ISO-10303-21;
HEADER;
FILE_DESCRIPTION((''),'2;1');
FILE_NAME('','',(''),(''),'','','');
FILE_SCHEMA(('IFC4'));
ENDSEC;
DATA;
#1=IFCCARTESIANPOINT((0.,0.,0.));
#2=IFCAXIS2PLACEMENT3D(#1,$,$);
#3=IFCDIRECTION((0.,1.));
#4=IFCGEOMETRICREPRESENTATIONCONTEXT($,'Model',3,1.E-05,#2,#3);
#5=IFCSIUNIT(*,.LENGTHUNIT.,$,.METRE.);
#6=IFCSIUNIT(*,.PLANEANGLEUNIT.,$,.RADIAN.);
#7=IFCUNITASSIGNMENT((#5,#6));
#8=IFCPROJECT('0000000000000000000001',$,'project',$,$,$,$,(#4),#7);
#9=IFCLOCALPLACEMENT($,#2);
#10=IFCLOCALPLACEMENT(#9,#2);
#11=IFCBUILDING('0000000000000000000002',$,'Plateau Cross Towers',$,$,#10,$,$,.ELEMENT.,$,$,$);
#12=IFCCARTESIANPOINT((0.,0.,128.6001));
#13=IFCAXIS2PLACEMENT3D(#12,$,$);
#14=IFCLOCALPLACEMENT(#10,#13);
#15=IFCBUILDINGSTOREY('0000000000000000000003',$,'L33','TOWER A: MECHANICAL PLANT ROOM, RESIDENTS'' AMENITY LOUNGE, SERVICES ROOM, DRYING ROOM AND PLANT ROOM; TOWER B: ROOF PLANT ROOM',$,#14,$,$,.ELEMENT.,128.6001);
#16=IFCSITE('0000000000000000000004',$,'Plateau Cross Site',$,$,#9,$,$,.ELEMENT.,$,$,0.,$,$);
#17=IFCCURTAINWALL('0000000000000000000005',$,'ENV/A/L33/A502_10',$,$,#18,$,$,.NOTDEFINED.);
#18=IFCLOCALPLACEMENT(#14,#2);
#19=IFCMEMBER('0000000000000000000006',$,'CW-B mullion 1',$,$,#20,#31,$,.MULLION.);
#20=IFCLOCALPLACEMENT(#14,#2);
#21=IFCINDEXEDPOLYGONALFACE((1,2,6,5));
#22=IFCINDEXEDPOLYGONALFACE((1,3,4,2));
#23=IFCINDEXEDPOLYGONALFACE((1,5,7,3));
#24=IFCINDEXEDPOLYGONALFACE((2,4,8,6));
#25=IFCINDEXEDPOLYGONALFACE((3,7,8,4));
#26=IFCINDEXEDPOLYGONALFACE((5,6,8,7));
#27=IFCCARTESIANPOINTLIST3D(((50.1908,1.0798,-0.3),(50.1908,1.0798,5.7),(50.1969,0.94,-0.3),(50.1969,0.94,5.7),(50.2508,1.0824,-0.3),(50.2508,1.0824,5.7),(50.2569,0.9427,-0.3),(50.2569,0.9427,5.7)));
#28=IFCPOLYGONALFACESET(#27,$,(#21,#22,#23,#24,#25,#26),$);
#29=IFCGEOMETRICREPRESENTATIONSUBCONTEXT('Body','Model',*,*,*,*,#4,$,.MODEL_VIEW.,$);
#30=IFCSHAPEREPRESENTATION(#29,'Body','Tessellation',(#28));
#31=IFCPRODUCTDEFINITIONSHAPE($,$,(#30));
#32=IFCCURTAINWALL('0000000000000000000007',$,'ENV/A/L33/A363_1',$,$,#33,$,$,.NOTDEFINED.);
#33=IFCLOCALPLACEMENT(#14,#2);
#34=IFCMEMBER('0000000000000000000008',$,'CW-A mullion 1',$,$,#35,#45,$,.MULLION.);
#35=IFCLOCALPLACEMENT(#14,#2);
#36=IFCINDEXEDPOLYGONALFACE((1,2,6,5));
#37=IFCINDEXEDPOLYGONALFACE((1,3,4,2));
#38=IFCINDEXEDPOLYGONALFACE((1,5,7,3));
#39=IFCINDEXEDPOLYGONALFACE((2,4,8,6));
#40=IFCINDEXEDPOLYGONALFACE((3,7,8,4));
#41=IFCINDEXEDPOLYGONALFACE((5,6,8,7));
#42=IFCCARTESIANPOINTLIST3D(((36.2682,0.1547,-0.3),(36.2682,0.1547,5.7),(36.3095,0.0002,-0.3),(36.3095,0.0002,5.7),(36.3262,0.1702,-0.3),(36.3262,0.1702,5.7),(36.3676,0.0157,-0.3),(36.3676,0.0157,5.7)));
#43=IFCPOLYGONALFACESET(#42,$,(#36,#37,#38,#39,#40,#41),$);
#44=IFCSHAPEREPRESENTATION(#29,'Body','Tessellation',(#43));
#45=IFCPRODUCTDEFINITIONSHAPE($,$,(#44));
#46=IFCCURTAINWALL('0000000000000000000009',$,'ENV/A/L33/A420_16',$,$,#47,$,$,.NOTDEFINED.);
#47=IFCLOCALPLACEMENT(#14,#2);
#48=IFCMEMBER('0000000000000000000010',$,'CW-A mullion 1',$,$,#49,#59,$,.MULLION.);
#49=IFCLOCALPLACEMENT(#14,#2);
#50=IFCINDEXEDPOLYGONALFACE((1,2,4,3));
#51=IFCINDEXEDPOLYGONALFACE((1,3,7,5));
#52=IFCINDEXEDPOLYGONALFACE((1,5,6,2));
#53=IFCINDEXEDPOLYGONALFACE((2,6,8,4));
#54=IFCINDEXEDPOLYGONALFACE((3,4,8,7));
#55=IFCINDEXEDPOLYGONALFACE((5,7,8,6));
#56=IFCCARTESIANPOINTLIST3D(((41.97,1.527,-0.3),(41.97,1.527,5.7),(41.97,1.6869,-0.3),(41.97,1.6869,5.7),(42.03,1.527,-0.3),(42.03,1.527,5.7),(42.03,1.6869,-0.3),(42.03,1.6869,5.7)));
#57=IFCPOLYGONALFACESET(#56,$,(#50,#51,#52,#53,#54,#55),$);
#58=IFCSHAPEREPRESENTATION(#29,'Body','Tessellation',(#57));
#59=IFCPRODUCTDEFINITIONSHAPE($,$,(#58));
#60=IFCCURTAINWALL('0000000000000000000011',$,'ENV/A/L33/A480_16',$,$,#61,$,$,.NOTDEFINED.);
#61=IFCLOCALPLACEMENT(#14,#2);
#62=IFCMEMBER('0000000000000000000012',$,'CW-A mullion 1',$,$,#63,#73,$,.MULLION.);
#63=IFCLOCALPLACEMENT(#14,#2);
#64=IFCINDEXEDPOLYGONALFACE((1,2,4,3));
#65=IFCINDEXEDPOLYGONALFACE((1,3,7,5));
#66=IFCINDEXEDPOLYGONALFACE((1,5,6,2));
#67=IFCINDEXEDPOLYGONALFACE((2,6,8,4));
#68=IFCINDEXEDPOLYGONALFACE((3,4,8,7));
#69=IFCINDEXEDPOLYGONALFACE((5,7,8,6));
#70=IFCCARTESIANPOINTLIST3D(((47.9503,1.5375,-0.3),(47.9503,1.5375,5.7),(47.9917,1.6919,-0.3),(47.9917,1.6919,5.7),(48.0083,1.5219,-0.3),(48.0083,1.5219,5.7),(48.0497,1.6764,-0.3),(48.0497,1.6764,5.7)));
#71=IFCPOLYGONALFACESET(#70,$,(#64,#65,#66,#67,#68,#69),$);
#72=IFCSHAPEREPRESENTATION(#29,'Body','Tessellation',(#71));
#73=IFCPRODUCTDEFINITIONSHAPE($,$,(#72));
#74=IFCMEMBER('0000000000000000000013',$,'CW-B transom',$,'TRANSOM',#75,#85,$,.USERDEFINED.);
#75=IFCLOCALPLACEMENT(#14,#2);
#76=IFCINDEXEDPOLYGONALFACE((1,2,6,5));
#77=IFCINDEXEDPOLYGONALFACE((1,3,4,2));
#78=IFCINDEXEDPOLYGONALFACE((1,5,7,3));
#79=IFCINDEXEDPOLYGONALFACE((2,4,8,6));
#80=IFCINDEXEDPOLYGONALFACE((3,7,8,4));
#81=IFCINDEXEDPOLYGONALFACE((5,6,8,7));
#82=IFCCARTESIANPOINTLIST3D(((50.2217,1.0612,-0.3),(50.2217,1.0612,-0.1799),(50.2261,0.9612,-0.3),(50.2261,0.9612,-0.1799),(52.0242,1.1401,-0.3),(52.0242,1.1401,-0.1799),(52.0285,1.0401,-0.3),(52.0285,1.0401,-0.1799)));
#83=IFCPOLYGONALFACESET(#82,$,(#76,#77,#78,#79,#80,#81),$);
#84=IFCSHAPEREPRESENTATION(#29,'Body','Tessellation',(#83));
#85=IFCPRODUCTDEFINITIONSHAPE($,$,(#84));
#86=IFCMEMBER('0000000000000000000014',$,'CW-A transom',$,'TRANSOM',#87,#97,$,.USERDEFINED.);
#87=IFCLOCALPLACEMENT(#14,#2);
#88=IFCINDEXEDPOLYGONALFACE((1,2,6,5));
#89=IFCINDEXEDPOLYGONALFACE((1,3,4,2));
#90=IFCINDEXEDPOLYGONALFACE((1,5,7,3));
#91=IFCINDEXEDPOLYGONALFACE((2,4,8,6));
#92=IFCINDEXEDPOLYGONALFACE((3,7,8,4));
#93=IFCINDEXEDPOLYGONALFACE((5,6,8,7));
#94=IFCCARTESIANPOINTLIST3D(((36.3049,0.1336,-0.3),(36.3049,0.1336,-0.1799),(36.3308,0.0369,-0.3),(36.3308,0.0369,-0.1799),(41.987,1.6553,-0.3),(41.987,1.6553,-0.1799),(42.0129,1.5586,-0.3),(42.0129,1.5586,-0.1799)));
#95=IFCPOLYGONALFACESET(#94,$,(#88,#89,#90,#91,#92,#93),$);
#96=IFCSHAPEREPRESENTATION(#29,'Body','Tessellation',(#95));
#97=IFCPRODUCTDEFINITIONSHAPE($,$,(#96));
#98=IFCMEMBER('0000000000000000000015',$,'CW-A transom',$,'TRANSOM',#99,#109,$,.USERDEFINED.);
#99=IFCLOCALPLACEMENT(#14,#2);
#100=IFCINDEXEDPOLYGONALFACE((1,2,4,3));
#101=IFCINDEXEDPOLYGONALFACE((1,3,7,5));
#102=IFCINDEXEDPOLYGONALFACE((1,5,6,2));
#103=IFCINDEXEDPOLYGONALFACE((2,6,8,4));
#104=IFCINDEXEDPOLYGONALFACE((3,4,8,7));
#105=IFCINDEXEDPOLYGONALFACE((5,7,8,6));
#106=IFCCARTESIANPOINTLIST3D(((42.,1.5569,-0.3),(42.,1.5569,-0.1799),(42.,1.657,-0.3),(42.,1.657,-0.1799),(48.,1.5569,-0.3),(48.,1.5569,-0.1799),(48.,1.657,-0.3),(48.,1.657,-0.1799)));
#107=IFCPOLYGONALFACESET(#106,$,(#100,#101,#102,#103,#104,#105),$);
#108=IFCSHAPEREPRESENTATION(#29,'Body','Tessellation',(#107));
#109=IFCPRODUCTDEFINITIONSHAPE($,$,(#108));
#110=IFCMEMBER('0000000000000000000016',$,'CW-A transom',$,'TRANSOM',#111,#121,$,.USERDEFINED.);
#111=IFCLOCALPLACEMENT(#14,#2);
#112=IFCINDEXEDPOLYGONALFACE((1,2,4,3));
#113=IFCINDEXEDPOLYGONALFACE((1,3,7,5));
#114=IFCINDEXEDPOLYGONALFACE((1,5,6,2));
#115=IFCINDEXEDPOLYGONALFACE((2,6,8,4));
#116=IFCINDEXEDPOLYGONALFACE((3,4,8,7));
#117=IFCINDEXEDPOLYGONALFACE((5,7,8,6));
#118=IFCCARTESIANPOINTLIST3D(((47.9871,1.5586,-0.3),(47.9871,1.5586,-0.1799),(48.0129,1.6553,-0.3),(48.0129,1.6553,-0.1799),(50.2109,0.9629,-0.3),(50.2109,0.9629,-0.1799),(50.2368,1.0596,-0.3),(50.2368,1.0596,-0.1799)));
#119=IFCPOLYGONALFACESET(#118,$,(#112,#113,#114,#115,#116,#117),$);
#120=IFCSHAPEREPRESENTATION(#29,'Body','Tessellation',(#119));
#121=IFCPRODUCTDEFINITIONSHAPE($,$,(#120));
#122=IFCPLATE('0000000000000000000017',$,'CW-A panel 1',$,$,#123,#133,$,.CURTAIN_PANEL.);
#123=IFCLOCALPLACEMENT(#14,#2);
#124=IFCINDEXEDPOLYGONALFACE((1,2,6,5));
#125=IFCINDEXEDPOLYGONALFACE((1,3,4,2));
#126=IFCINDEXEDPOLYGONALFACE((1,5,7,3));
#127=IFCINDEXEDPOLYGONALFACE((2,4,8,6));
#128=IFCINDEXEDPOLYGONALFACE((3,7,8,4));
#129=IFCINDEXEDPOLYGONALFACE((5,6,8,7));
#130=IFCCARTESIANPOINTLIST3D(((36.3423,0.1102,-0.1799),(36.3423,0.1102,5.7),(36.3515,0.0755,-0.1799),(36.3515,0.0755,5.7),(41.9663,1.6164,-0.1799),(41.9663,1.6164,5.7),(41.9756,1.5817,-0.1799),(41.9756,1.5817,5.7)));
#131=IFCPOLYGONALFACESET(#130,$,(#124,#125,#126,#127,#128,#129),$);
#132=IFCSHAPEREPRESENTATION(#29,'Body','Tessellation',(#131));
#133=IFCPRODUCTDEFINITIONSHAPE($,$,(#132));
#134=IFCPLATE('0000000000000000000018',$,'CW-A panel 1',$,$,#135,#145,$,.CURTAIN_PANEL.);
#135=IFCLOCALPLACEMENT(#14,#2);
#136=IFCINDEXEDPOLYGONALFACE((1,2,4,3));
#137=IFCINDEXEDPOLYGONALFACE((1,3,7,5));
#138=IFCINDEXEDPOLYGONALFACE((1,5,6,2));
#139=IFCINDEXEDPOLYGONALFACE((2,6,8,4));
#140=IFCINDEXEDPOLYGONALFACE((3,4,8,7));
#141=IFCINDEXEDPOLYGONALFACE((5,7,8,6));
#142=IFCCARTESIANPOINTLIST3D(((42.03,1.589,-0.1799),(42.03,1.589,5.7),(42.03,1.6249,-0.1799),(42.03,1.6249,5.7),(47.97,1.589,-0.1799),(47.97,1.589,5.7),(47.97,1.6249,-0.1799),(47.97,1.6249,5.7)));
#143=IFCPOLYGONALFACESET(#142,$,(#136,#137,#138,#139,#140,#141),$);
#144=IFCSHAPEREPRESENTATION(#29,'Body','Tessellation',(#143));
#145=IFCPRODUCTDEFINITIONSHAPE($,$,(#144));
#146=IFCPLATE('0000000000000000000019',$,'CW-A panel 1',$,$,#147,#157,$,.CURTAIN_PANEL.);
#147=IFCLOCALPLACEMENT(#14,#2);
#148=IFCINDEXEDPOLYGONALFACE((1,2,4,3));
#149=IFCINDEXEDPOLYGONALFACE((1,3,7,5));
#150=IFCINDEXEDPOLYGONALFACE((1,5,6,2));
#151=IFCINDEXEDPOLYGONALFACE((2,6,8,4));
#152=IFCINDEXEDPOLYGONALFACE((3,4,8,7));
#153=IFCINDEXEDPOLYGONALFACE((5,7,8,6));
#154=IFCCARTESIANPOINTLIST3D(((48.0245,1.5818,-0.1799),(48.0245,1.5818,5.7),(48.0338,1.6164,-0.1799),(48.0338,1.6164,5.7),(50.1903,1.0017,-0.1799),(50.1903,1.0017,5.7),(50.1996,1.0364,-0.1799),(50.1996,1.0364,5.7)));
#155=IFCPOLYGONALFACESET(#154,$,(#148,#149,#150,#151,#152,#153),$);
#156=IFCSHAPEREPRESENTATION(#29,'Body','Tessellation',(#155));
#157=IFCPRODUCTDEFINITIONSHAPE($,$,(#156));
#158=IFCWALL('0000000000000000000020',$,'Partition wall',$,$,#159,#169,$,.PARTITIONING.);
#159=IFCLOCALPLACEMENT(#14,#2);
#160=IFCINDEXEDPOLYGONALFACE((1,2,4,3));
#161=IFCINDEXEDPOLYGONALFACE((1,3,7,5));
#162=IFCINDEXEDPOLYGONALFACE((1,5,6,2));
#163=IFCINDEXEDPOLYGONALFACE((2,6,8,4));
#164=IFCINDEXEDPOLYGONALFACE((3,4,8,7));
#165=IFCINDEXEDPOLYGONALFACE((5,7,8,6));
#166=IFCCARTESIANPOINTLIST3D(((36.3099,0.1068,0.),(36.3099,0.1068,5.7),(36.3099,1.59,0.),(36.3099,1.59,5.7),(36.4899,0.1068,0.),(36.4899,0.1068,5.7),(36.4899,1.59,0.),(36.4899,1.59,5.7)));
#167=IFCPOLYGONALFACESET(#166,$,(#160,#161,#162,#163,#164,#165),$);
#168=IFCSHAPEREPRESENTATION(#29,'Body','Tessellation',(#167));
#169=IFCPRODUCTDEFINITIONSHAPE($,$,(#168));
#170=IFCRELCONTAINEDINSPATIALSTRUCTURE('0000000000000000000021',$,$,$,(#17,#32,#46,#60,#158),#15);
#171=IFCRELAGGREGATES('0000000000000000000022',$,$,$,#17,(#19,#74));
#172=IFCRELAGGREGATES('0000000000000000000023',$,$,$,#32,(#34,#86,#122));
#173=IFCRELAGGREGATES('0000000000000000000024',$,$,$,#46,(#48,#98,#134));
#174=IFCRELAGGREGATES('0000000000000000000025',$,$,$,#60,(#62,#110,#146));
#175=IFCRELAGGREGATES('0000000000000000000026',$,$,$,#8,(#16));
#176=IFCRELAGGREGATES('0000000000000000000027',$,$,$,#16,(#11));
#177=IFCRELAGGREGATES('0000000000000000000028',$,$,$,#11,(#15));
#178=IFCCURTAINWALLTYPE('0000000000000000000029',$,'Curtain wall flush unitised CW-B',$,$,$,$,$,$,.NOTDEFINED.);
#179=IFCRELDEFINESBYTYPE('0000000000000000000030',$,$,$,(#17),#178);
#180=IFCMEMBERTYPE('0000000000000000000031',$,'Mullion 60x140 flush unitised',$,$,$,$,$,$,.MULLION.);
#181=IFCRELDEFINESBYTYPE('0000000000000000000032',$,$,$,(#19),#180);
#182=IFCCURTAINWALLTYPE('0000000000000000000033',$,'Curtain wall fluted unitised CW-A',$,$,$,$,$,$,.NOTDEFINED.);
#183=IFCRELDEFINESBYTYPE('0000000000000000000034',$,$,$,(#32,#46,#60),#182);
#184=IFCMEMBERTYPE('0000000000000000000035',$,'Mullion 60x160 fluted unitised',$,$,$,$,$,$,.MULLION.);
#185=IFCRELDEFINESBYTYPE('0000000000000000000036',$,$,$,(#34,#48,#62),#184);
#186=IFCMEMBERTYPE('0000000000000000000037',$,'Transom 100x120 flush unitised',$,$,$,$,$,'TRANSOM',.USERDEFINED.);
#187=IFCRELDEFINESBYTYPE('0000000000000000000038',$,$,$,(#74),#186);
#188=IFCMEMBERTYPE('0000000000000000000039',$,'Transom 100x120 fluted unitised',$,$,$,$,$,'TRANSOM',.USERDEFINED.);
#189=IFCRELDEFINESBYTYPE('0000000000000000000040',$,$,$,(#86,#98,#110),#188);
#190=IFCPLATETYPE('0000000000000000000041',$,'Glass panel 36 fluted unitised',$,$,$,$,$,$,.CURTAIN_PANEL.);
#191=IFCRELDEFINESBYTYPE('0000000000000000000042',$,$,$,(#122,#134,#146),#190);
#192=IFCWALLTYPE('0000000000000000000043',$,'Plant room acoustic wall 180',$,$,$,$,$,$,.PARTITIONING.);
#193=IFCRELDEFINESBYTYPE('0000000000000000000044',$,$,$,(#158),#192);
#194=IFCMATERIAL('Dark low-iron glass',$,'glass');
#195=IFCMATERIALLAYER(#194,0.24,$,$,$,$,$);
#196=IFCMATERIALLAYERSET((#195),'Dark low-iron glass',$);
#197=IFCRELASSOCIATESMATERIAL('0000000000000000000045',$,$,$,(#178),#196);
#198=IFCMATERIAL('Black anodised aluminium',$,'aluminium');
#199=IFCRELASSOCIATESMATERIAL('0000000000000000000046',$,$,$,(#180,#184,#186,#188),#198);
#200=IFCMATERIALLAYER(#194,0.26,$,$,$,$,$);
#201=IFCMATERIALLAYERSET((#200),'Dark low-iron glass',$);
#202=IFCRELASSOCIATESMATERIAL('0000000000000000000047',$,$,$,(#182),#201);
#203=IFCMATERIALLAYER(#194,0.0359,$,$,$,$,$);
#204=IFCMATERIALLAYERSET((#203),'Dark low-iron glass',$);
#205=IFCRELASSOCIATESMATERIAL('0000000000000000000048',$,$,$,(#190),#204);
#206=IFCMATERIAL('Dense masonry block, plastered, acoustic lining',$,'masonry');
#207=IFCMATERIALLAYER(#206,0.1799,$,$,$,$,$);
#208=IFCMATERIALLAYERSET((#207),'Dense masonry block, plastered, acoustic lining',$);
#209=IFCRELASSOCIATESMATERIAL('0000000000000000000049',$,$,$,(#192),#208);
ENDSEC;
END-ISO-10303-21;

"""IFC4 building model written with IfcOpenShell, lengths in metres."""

from ifc_helpers import new_model, si_unit, direction, frame, frame_2d, origin, origin_2d, place, context, subcontext, project, spatial, rectangle, extrude, material, layer, layer_set, material_profile, profile_set, type_object, element, aggregate, save


model = new_model("IFC4")

# Units and contexts
model_context = context("Model", 3, precision=1e-05, world=origin(), true_north=direction((0.0, 1.0)))
body_context = subcontext(model_context, "Body", "Model", "MODEL_VIEW")
ifc_project = project(units=[si_unit("LENGTHUNIT", "METRE"), si_unit("PLANEANGLEUNIT", "RADIAN")], contexts=[model_context])

# Site, building, storey
site_placement = place(None, origin())
site = spatial("IfcSite", under=ifc_project, at=site_placement, Name="Plateau Cross Site", CompositionType="ELEMENT", RefElevation=0.0)
building_placement = place(site_placement, origin())
building = spatial("IfcBuilding", under=site, at=building_placement, Name="Plateau Cross Towers", CompositionType="ELEMENT")
storey_placement = place(building_placement, frame((0.0, 0.0, 128.6001)))
storey = spatial("IfcBuildingStorey", under=building, at=storey_placement, Name="L33", Description="TOWER A: MECHANICAL PLANT ROOM, RESIDENTS' AMENITY LOUNGE, SERVICES ROOM, DRYING ROOM AND PLANT ROOM; TOWER B: ROOF PLANT ROOM", CompositionType="ELEMENT", Elevation=128.6001)

# Curtain walls, members
ifc_material_1 = material(Name="Dark low-iron glass", Category="glass")
ifc_layer_1 = layer(ifc_material_1, 0.24)
ifc_layer_set_1 = layer_set([ifc_layer_1], Name="Dark low-iron glass")
curtain_wall_type_1 = type_object("IfcCurtainWallType", Name="Curtain wall flush unitised CW-B", PredefinedType="NOTDEFINED", material=ifc_layer_set_1)
curtain_wall_1_placement = place(storey_placement, origin())
curtain_wall_1 = element("IfcCurtainWall", 1, at=curtain_wall_1_placement, inside=storey, type_object=curtain_wall_type_1, Name="ENV/A/L33/A502_10", PredefinedType="NOTDEFINED")
ifc_material_2 = material(Name="Black anodised aluminium", Category="aluminium")
ifc_material_profile_1 = material_profile(ifc_material_2, rectangle(XDim=0.0601, YDim=0.1399, at=origin_2d()), Name="MULLION 60x140")
ifc_profile_set_1 = profile_set([ifc_material_profile_1], Name="Black anodised aluminium")
member_type_1 = type_object("IfcMemberType", Name="Mullion 60x140 flush unitised", PredefinedType="MULLION", material=ifc_profile_set_1)
member_1_placement = place(storey_placement, frame((50.2239, 1.0112, -0.3), z_axis=(0.0, 0.0, 1.0), x_axis=(0.999044, 0.043723, 0.0)))
member_1 = element("IfcMember", 2, at=member_1_placement, type_object=member_type_1, Name="CW-B mullion 1", PredefinedType="MULLION", context=body_context, shape_type="SweptSolid", body=[
    extrude(rectangle(XDim=0.0601, YDim=0.1399, at=origin_2d()), origin(), (0.0, 0.0, 1.0), 6.0),
])
ifc_layer_2 = layer(ifc_material_1, 0.26)
ifc_layer_set_2 = layer_set([ifc_layer_2], Name="Dark low-iron glass")
curtain_wall_type_2 = type_object("IfcCurtainWallType", Name="Curtain wall fluted unitised CW-A", PredefinedType="NOTDEFINED", material=ifc_layer_set_2)
curtain_wall_2_placement = place(storey_placement, origin())
curtain_wall_2 = element("IfcCurtainWall", 3, at=curtain_wall_2_placement, inside=storey, type_object=curtain_wall_type_2, Name="ENV/A/L33/A363_1", PredefinedType="NOTDEFINED")
ifc_material_profile_2 = material_profile(ifc_material_2, rectangle(XDim=0.0601, YDim=0.1599, at=origin_2d()), Name="MULLION 60x160")
ifc_profile_set_2 = profile_set([ifc_material_profile_2], Name="Black anodised aluminium")
member_type_2 = type_object("IfcMemberType", Name="Mullion 60x160 fluted unitised", PredefinedType="MULLION", material=ifc_profile_set_2)
member_2_placement = place(storey_placement, frame((36.3179, 0.0852, -0.3), z_axis=(0.0, 0.0, 1.0), x_axis=(0.965958, 0.258699, 0.0)))
member_2 = element("IfcMember", 4, at=member_2_placement, type_object=member_type_2, Name="CW-A mullion 1", PredefinedType="MULLION", context=body_context, shape_type="SweptSolid", body=[
    extrude(rectangle(XDim=0.0601, YDim=0.1599, at=origin_2d()), origin(), (0.0, 0.0, 1.0), 6.0),
])
curtain_wall_3_placement = place(storey_placement, origin())
curtain_wall_3 = element("IfcCurtainWall", 5, at=curtain_wall_3_placement, inside=storey, type_object=curtain_wall_type_2, Name="ENV/A/L33/A420_16", PredefinedType="NOTDEFINED")
member_3_placement = place(storey_placement, frame((42.0, 1.6069, -0.3), z_axis=(0.0, 0.0, 1.0), x_axis=(1.0, 0.0, 0.0)))
member_3 = element("IfcMember", 6, at=member_3_placement, type_object=member_type_2, Name="CW-A mullion 1", PredefinedType="MULLION", context=body_context, shape_type="SweptSolid", body=[
    extrude(rectangle(XDim=0.0601, YDim=0.1599, at=origin_2d()), origin(), (0.0, 0.0, 1.0), 6.0),
])
curtain_wall_4_placement = place(storey_placement, origin())
curtain_wall_4 = element("IfcCurtainWall", 7, at=curtain_wall_4_placement, inside=storey, type_object=curtain_wall_type_2, Name="ENV/A/L33/A480_16", PredefinedType="NOTDEFINED")
member_4_placement = place(storey_placement, frame((48.0, 1.6069, -0.3), z_axis=(0.0, 0.0, 1.0), x_axis=(0.965958, -0.258699, 0.0)))
member_4 = element("IfcMember", 8, at=member_4_placement, type_object=member_type_2, Name="CW-A mullion 1", PredefinedType="MULLION", context=body_context, shape_type="SweptSolid", body=[
    extrude(rectangle(XDim=0.0601, YDim=0.1599, at=origin_2d()), origin(), (0.0, 0.0, 1.0), 6.0),
])

# Members
ifc_material_profile_3 = material_profile(ifc_material_2, rectangle(XDim=0.1001, YDim=0.1201, at=origin_2d()), Name="TRANSOM 100x120")
ifc_profile_set_3 = profile_set([ifc_material_profile_3], Name="Black anodised aluminium")
member_type_3 = type_object("IfcMemberType", Name="Transom 100x120 flush unitised", ElementType="TRANSOM", PredefinedType="USERDEFINED", material=ifc_profile_set_3)
member_5_placement = place(storey_placement, frame((50.2239, 1.0112, -0.24), z_axis=(0.999044, 0.043707, 0.0), x_axis=(-0.043707, 0.999044, 0.0)))
member_5 = element("IfcMember", 9, at=member_5_placement, type_object=member_type_3, Name="CW-B transom", ObjectType="TRANSOM", PredefinedType="USERDEFINED", context=body_context, shape_type="SweptSolid", body=[
    extrude(rectangle(XDim=0.1001, YDim=0.1201, at=origin_2d()), origin(), (0.0, 0.0, 1.0), 1.8042),
])
aggregate(curtain_wall_1, [member_1, member_5])
ifc_material_profile_4 = material_profile(ifc_material_2, rectangle(XDim=0.1001, YDim=0.1201, at=origin_2d()), Name="TRANSOM 100x120")
ifc_profile_set_4 = profile_set([ifc_material_profile_4], Name="Black anodised aluminium")
member_type_4 = type_object("IfcMemberType", Name="Transom 100x120 fluted unitised", ElementType="TRANSOM", PredefinedType="USERDEFINED", material=ifc_profile_set_4)
member_6_placement = place(storey_placement, frame((36.3179, 0.0852, -0.24), z_axis=(0.96596, 0.258693, 0.0), x_axis=(-0.258693, 0.96596, 0.0)))
member_6 = element("IfcMember", 10, at=member_6_placement, type_object=member_type_4, Name="CW-A transom", ObjectType="TRANSOM", PredefinedType="USERDEFINED", context=body_context, shape_type="SweptSolid", body=[
    extrude(rectangle(XDim=0.1001, YDim=0.1201, at=origin_2d()), origin(), (0.0, 0.0, 1.0), 5.8823),
])
member_7_placement = place(storey_placement, frame((42.0, 1.6069, -0.24), z_axis=(1.0, 0.0, 0.0), x_axis=(0.0, 1.0, 0.0)))
member_7 = element("IfcMember", 11, at=member_7_placement, type_object=member_type_4, Name="CW-A transom", ObjectType="TRANSOM", PredefinedType="USERDEFINED", context=body_context, shape_type="SweptSolid", body=[
    extrude(rectangle(XDim=0.1001, YDim=0.1201, at=origin_2d()), origin(), (0.0, 0.0, 1.0), 6.0),
])
member_8_placement = place(storey_placement, frame((48.0, 1.6069, -0.24), z_axis=(0.965946, -0.258745, 0.0), x_axis=(0.258745, 0.965946, 0.0)))
member_8 = element("IfcMember", 12, at=member_8_placement, type_object=member_type_4, Name="CW-A transom", ObjectType="TRANSOM", PredefinedType="USERDEFINED", context=body_context, shape_type="SweptSolid", body=[
    extrude(rectangle(XDim=0.1001, YDim=0.1201, at=origin_2d()), origin(), (0.0, 0.0, 1.0), 2.3022),
])

# Plates
ifc_layer_3 = layer(ifc_material_1, 0.0359)
ifc_layer_set_3 = layer_set([ifc_layer_3], Name="Dark low-iron glass")
plate_type = type_object("IfcPlateType", Name="Glass panel 36 fluted unitised", PredefinedType="CURTAIN_PANEL", material=ifc_layer_set_3)
plate_1_placement = place(storey_placement, frame((39.1589, 0.8459, -0.1799), z_axis=(0.0, 0.0, 1.0), x_axis=(0.965958, 0.258699, 0.0)))
plate_1 = element("IfcPlate", 13, at=plate_1_placement, type_object=plate_type, Name="CW-A panel 1", PredefinedType="CURTAIN_PANEL", context=body_context, shape_type="SweptSolid", body=[
    extrude(rectangle(XDim=5.8223, YDim=0.0359, at=origin_2d()), origin(), (0.0, 0.0, 1.0), 5.8799),
])
aggregate(curtain_wall_2, [member_2, member_6, plate_1])
plate_2_placement = place(storey_placement, frame((45.0, 1.6069, -0.1799), z_axis=(0.0, 0.0, 1.0), x_axis=(1.0, 0.0, 0.0)))
plate_2 = element("IfcPlate", 14, at=plate_2_placement, type_object=plate_type, Name="CW-A panel 1", PredefinedType="CURTAIN_PANEL", context=body_context, shape_type="SweptSolid", body=[
    extrude(rectangle(XDim=5.9399, YDim=0.0359, at=origin_2d()), origin(), (0.0, 0.0, 1.0), 5.8799),
])
aggregate(curtain_wall_3, [member_3, member_7, plate_2])
plate_3_placement = place(storey_placement, frame((49.1121, 1.3091, -0.1799), z_axis=(0.0, 0.0, 1.0), x_axis=(0.965958, -0.258699, 0.0)))
plate_3 = element("IfcPlate", 15, at=plate_3_placement, type_object=plate_type, Name="CW-A panel 1", PredefinedType="CURTAIN_PANEL", context=body_context, shape_type="SweptSolid", body=[
    extrude(rectangle(XDim=2.2422, YDim=0.0359, at=origin_2d()), origin(), (0.0, 0.0, 1.0), 5.8799),
])
aggregate(curtain_wall_4, [member_4, member_8, plate_3])

# Wall
ifc_material_3 = material(Name="Dense masonry block, plastered, acoustic lining", Category="masonry")
ifc_layer_4 = layer(ifc_material_3, 0.1799)
ifc_layer_set_4 = layer_set([ifc_layer_4], Name="Dense masonry block, plastered, acoustic lining")
wall_type_1 = type_object("IfcWallType", Name="Plant room acoustic wall 180", PredefinedType="PARTITIONING", material=ifc_layer_set_4)
wall_1_placement = place(storey_placement, frame((36.3999, 1.5901, 0.0), z_axis=(0.0, 0.0, 1.0), x_axis=(0.0, -1.0, 0.0)))
element("IfcWall", 16, at=wall_1_placement, inside=storey, type_object=wall_type_1, Name="Partition wall", PredefinedType="PARTITIONING", context=body_context, shape_type="SweptSolid", body=[
    extrude(rectangle(XDim=1.4832, YDim=0.1799, at=frame_2d((0.7417, 0.0))), origin(), (0.0, 0.0, 1.0), 5.7),
])

save(model, "model.ifc")
